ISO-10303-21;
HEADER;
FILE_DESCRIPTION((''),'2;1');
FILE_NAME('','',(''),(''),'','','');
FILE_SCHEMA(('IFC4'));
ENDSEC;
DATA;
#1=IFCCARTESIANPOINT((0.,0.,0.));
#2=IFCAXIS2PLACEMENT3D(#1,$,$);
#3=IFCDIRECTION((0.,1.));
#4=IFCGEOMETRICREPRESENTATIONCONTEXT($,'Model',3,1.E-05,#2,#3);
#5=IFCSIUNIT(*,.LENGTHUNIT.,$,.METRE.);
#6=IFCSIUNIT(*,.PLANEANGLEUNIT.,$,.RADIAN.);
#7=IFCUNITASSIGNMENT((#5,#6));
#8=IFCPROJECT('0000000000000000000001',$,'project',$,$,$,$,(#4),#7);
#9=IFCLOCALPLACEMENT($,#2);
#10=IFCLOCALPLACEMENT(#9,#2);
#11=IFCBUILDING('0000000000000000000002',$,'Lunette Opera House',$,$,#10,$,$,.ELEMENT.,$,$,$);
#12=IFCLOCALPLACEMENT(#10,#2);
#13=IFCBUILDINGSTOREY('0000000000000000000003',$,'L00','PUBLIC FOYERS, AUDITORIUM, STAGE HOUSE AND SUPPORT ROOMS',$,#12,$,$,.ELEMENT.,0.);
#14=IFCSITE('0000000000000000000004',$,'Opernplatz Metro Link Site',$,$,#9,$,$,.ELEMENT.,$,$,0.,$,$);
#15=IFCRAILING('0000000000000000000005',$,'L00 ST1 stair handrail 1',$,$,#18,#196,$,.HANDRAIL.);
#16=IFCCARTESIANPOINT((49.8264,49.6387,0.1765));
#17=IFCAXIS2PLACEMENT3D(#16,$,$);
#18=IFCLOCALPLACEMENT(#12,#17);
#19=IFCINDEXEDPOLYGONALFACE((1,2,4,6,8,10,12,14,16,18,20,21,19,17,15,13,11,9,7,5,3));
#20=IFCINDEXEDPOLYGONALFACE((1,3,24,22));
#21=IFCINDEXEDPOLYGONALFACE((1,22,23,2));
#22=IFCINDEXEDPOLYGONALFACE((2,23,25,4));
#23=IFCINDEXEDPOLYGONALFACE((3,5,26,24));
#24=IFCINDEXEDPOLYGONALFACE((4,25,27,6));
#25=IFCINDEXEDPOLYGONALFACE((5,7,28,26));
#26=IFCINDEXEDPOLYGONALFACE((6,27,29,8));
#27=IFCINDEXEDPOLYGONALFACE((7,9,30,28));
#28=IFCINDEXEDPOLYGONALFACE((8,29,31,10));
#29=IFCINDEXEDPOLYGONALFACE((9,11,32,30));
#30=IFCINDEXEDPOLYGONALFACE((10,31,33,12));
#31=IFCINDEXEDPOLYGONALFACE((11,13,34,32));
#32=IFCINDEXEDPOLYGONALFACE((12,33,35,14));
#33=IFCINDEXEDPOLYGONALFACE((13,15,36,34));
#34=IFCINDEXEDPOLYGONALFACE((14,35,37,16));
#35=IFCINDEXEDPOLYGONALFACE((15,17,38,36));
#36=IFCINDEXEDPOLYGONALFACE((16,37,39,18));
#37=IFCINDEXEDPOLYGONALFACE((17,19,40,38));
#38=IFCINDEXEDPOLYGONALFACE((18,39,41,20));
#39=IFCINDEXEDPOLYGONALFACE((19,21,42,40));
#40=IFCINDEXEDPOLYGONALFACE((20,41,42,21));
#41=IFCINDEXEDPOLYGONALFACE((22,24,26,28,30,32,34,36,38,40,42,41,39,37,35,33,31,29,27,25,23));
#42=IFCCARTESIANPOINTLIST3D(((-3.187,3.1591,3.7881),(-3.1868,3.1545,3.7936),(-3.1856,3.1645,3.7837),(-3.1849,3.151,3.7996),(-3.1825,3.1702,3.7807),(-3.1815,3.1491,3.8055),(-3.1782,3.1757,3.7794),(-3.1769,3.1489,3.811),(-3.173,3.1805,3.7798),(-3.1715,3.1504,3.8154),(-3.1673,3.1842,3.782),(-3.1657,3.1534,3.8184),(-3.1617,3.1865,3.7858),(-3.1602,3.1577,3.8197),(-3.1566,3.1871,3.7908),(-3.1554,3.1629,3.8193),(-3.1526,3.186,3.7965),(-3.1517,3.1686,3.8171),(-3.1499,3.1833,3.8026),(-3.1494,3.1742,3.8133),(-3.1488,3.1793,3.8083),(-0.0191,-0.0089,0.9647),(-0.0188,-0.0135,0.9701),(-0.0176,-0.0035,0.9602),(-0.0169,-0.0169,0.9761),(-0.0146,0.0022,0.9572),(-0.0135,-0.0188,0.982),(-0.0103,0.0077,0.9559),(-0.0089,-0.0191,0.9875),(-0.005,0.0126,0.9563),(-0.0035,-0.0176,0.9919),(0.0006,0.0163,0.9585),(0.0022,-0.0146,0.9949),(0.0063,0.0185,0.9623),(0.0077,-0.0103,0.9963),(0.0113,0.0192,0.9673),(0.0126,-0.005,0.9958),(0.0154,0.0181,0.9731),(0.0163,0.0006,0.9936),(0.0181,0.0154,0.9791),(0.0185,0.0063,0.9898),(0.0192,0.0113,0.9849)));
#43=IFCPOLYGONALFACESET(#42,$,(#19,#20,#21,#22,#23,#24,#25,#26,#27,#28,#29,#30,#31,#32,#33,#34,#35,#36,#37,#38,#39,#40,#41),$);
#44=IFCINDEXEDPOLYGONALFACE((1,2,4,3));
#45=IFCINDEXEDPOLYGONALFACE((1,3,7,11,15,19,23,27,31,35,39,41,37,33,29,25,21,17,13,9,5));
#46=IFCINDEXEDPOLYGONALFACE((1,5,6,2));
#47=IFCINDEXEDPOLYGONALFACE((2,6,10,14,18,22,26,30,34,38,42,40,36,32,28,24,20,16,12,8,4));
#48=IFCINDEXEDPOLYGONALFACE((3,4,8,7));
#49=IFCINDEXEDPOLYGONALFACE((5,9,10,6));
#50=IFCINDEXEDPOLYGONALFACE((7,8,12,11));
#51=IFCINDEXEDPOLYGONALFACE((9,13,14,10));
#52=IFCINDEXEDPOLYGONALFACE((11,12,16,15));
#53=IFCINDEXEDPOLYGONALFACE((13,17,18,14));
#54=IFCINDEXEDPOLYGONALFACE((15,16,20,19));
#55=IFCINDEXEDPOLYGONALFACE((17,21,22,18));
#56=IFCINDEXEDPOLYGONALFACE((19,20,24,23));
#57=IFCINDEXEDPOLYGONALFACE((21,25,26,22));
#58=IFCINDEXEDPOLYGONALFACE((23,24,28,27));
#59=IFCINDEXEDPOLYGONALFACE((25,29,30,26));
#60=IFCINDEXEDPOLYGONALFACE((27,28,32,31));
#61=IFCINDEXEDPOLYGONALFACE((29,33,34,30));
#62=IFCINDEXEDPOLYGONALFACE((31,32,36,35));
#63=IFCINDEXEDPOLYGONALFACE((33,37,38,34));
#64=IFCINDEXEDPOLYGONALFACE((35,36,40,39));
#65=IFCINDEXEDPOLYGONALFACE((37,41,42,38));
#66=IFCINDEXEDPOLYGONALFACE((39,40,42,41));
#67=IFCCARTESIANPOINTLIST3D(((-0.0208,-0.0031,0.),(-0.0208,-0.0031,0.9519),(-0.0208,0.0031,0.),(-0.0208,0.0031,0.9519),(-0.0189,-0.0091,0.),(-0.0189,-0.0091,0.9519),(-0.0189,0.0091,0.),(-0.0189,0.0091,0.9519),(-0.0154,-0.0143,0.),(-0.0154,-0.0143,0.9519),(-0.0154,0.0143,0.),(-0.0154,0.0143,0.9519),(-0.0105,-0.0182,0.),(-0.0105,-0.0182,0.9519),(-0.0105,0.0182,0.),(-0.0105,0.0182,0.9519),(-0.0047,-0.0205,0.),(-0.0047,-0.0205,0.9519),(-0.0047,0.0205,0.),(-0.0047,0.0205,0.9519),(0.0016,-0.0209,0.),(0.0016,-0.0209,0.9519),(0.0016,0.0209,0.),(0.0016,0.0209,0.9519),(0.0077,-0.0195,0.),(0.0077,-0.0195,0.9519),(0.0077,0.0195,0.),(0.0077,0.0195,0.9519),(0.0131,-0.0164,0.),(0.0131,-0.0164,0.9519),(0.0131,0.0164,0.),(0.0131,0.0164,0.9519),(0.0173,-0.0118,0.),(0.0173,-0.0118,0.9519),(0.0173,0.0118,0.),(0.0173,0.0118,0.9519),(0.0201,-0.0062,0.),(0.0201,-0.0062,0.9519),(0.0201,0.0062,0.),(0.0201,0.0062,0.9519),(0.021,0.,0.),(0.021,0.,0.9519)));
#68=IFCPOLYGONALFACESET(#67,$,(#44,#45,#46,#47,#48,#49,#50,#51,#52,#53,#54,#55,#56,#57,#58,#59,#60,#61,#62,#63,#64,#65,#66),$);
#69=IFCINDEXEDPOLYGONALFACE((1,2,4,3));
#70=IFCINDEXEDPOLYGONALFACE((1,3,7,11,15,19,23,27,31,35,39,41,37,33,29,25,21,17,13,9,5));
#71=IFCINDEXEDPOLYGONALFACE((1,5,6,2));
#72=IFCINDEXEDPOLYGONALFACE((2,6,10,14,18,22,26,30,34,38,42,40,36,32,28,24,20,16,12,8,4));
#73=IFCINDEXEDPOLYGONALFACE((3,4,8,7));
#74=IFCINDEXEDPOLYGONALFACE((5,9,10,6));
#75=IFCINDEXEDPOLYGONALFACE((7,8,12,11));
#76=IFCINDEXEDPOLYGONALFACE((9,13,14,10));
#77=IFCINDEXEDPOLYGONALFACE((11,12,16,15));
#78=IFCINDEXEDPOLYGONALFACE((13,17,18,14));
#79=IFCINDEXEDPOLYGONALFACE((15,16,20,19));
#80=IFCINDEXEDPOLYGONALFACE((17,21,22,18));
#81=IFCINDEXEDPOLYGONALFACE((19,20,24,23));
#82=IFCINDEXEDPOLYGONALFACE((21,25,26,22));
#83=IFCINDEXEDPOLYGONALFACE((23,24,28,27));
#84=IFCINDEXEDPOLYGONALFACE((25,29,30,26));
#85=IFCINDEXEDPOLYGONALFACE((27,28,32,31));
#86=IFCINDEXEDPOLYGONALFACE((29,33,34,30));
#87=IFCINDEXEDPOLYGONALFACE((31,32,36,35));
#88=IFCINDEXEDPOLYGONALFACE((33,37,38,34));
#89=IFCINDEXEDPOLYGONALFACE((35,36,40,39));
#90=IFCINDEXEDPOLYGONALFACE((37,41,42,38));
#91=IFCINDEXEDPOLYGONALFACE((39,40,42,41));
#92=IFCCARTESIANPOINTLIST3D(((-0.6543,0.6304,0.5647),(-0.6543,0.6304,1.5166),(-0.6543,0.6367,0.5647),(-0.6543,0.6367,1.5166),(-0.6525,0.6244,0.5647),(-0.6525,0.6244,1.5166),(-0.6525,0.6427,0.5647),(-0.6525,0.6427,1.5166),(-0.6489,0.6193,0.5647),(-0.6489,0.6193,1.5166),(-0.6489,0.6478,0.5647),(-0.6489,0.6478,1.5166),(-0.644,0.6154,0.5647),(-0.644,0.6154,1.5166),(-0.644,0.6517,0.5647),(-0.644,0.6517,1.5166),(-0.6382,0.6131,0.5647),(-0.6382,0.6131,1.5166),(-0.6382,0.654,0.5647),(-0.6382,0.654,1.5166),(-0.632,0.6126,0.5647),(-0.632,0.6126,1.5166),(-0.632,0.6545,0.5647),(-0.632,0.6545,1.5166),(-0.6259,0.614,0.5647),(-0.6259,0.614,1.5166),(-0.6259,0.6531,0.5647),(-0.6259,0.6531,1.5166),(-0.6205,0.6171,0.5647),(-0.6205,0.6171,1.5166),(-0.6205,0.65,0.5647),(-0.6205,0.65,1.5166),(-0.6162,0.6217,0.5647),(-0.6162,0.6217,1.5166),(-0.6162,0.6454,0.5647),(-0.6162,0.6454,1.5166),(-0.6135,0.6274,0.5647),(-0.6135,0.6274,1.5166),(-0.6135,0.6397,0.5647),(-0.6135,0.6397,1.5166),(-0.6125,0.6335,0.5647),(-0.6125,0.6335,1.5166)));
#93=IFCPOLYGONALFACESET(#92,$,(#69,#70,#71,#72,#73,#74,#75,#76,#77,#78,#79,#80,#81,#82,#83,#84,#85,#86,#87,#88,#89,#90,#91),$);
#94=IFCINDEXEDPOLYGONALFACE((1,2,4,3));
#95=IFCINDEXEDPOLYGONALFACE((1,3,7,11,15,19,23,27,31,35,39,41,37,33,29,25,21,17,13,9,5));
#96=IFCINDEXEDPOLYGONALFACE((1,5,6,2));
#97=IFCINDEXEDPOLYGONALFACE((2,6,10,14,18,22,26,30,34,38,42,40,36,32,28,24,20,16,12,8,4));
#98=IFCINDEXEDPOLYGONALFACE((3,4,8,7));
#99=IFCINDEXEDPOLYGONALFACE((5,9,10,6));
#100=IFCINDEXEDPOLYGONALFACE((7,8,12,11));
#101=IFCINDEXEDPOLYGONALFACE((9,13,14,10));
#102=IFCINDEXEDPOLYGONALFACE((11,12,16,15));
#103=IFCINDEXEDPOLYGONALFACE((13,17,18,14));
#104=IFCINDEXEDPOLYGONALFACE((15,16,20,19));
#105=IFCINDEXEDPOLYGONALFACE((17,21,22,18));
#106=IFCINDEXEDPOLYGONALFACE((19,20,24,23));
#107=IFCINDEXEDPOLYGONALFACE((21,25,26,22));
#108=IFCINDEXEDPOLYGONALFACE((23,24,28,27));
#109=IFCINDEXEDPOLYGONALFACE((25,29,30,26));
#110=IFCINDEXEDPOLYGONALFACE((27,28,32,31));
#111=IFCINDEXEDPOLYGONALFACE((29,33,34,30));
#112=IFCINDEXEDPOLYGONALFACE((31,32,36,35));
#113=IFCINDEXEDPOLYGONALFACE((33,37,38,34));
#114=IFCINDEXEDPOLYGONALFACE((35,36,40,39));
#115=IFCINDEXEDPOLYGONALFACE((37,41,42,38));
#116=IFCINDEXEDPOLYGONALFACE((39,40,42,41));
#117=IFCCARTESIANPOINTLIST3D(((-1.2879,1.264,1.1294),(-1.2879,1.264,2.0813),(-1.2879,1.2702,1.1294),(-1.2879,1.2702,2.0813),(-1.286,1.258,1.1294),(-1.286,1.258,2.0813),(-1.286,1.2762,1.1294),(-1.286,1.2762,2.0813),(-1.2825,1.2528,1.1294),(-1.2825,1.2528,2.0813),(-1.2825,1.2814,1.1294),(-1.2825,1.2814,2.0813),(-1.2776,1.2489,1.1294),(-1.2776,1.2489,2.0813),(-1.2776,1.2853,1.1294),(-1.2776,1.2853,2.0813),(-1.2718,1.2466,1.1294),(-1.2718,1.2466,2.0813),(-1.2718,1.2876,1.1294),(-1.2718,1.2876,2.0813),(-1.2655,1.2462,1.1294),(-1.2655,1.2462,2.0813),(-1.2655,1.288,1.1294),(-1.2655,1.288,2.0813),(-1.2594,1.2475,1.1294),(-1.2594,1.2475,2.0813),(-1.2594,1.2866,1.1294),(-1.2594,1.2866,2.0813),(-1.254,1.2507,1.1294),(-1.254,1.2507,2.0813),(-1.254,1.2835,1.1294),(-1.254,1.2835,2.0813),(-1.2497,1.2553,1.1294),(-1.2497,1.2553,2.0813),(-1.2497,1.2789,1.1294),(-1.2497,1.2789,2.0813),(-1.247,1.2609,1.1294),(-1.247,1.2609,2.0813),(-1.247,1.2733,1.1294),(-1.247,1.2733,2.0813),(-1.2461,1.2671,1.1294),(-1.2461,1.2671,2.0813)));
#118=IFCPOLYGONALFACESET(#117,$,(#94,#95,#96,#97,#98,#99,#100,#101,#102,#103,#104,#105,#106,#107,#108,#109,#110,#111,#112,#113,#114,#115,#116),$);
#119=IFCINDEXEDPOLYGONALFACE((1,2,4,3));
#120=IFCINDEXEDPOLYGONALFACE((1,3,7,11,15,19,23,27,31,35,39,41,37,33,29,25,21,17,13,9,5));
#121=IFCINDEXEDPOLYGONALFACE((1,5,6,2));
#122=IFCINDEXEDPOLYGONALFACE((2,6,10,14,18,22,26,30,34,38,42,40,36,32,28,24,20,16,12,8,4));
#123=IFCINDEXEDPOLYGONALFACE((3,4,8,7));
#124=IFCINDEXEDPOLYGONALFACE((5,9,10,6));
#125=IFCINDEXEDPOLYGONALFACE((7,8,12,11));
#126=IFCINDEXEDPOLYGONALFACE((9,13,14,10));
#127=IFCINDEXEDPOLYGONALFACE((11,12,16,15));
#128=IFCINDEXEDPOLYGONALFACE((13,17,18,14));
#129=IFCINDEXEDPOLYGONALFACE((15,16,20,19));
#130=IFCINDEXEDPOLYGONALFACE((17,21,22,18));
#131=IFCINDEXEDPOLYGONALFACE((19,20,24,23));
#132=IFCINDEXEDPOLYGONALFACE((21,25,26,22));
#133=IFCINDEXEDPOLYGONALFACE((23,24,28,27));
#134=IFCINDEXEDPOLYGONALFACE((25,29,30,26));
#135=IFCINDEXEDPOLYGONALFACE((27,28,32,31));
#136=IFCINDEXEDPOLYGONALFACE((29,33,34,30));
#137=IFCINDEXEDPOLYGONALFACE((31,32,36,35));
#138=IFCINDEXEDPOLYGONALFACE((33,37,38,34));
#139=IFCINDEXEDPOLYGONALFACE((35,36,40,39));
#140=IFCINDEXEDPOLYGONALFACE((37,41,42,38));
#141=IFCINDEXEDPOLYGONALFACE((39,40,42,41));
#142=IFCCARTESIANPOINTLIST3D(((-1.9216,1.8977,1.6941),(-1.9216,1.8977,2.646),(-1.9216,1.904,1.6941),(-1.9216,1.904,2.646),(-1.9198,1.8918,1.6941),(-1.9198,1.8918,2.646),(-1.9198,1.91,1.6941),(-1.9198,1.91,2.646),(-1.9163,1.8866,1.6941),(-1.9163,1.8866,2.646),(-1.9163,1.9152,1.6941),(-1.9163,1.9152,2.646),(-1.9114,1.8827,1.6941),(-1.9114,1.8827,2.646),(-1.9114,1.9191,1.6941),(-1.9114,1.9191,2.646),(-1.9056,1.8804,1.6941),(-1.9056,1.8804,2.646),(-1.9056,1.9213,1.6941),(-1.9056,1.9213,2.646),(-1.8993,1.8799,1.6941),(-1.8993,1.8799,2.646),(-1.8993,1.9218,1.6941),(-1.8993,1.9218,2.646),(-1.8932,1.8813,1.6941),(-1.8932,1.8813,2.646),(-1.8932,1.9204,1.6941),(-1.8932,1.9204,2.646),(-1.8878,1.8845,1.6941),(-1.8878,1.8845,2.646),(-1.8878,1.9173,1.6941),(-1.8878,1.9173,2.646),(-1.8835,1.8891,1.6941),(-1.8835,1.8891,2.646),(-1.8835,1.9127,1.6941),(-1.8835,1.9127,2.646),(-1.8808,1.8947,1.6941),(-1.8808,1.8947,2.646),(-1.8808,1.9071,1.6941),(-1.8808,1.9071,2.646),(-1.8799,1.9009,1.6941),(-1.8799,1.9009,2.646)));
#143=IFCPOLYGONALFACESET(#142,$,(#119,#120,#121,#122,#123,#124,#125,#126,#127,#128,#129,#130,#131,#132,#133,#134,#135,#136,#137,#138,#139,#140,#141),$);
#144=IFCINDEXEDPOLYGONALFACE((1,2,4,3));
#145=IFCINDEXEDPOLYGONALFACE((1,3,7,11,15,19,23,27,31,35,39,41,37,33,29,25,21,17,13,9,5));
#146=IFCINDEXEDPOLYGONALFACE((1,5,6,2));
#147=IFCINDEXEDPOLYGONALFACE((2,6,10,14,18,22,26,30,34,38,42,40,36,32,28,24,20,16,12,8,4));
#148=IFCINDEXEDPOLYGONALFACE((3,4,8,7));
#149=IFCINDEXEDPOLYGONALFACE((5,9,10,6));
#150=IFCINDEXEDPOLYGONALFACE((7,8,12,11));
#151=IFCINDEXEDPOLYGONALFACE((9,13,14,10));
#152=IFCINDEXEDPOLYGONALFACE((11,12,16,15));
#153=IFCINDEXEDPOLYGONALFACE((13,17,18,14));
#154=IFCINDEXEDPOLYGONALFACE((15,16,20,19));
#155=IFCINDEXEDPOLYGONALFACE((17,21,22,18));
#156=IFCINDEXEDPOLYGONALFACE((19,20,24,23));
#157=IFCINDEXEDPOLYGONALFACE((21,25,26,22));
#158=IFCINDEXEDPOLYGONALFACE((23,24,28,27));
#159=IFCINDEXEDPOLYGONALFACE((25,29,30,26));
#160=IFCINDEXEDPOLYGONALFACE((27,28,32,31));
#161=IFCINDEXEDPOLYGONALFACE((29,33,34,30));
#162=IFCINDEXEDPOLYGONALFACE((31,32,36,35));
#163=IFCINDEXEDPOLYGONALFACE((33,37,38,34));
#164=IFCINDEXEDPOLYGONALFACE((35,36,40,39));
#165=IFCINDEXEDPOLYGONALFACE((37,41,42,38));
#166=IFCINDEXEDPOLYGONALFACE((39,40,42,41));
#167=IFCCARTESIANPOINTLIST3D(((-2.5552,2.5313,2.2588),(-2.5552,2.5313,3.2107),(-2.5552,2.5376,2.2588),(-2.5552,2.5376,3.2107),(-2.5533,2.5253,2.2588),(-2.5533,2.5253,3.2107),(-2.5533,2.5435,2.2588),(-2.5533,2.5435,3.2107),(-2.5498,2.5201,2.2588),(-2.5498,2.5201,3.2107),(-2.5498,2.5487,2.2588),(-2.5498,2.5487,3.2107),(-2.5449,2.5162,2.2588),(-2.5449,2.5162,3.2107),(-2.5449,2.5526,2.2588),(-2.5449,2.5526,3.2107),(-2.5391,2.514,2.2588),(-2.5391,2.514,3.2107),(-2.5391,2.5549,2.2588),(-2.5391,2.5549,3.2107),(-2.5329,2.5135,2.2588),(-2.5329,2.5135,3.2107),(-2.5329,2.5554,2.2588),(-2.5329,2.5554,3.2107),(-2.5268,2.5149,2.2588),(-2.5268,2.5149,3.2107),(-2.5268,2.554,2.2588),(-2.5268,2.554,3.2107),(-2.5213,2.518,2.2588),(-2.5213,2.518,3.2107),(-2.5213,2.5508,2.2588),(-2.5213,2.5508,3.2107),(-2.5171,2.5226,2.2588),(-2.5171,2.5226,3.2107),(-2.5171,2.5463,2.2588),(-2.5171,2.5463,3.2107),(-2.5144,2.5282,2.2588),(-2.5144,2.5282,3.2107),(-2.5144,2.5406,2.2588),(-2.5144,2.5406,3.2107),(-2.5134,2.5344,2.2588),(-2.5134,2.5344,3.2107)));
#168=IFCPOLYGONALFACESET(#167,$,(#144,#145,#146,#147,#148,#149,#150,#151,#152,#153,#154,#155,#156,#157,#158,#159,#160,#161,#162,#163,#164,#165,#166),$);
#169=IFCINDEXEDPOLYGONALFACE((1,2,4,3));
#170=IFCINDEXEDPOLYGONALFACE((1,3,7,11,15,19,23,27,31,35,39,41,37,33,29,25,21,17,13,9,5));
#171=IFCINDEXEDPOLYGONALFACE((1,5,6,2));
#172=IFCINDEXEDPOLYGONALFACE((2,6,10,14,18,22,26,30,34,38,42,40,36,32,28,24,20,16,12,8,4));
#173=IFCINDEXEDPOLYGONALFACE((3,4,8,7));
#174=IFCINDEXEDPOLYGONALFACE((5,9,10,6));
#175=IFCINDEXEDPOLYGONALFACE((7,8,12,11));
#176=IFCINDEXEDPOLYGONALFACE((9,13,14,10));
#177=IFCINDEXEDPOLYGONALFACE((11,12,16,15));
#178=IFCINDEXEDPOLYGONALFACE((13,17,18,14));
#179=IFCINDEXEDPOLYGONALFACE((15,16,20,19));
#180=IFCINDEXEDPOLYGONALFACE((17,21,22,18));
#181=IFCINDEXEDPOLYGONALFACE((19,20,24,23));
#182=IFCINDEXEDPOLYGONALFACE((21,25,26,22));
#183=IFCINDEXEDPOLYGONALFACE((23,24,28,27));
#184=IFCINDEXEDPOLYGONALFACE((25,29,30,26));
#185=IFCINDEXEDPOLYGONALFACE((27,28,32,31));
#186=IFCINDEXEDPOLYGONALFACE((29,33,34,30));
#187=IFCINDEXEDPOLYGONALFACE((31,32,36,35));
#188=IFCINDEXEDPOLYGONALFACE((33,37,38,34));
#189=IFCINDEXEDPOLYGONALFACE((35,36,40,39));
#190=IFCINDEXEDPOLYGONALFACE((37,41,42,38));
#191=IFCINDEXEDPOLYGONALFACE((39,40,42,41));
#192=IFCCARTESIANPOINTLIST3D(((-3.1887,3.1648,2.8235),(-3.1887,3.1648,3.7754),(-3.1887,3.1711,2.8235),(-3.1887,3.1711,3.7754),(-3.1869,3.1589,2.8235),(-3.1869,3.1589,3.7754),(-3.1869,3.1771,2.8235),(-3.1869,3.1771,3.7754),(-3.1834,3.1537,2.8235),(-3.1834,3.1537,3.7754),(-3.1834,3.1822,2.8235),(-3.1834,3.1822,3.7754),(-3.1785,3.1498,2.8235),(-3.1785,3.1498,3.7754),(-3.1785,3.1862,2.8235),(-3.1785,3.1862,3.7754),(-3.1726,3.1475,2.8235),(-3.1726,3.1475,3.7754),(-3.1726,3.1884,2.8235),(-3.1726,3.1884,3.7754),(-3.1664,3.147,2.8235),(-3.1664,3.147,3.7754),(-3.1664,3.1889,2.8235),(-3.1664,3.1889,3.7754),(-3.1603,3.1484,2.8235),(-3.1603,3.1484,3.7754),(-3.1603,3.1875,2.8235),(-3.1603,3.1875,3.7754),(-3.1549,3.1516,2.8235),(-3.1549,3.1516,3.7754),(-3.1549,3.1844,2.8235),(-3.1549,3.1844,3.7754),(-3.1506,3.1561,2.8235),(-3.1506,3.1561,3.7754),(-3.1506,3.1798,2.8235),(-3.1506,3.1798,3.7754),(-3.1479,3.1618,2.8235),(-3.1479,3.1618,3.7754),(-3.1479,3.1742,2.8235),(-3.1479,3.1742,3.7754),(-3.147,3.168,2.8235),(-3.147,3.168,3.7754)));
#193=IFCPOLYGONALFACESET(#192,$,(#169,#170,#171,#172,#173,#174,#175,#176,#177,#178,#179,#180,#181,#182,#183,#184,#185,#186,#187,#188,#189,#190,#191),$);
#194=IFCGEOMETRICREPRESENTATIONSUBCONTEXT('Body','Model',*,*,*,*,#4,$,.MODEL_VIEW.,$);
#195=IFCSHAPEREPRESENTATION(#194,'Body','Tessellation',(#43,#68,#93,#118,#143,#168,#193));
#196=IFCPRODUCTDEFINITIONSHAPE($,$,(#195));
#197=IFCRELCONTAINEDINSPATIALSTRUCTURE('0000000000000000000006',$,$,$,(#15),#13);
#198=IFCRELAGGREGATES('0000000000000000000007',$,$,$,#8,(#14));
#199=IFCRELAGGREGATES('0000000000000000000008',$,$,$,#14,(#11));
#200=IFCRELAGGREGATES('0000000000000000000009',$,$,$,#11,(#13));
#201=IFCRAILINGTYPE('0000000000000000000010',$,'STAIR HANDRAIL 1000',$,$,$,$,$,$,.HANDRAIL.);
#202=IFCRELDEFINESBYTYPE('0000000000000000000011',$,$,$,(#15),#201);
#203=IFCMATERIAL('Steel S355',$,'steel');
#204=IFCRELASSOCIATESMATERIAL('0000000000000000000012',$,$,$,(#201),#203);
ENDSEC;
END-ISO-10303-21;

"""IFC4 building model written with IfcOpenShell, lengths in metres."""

from ifc_helpers import new_model, si_unit, direction, frame, origin, origin_2d, place, context, subcontext, project, spatial, circle, extrude, material, type_object, element, save


model = new_model("IFC4")

# Units and contexts
model_context = context("Model", 3, precision=1e-05, world=origin(), true_north=direction((0.0, 1.0)))
body_context = subcontext(model_context, "Body", "Model", "MODEL_VIEW")
ifc_project = project(units=[si_unit("LENGTHUNIT", "METRE"), si_unit("PLANEANGLEUNIT", "RADIAN")], contexts=[model_context])

# Site, building, storey
site_placement = place(None, origin())
site = spatial("IfcSite", under=ifc_project, at=site_placement, Name="Opernplatz Metro Link Site", CompositionType="ELEMENT", RefElevation=0.0)
building_placement = place(site_placement, origin())
building = spatial("IfcBuilding", under=site, at=building_placement, Name="Lunette Opera House", CompositionType="ELEMENT")
storey_placement = place(building_placement, origin())
storey = spatial("IfcBuildingStorey", under=building, at=storey_placement, Name="L00", Description="PUBLIC FOYERS, AUDITORIUM, STAGE HOUSE AND SUPPORT ROOMS", CompositionType="ELEMENT", Elevation=0.0)

# Railing
ifc_material_1 = material(Name="Steel S355", Category="steel")
railing_type_1 = type_object("IfcRailingType", Name="STAIR HANDRAIL 1000", PredefinedType="HANDRAIL", material=ifc_material_1)
railing_1_placement = place(storey_placement, frame((49.8264, 49.6387, 0.1765)))
element("IfcRailing", 1, at=railing_1_placement, inside=storey, type_object=railing_type_1, Name="L00 ST1 stair handrail 1", PredefinedType="HANDRAIL", context=body_context, shape_type="SweptSolid", body=[
    extrude(circle(Radius=0.0239, at=origin_2d()), frame((0.0, 0.0, 0.9761), z_axis=(-0.598219, 0.598219, 0.533169), x_axis=(-0.707107, -0.707107, 0.0)), (0.0, 0.0, 1.0), 5.2957),
    extrude(circle(Radius=0.021, at=origin_2d()), origin(), (0.0, 0.0, 1.0), 0.9519),
    extrude(circle(Radius=0.021, at=origin_2d()), frame((-0.6335, 0.6335, 0.5647)), (0.0, 0.0, 1.0), 0.9519),
    extrude(circle(Radius=0.021, at=origin_2d()), frame((-1.2671, 1.2671, 1.1294)), (0.0, 0.0, 1.0), 0.9519),
    extrude(circle(Radius=0.021, at=origin_2d()), frame((-1.9009, 1.9009, 1.6941)), (0.0, 0.0, 1.0), 0.9519),
    extrude(circle(Radius=0.021, at=origin_2d()), frame((-2.5344, 2.5344, 2.2588)), (0.0, 0.0, 1.0), 0.9519),
    extrude(circle(Radius=0.021, at=origin_2d()), frame((-3.168, 3.168, 2.8235)), (0.0, 0.0, 1.0), 0.9519),
])

save(model, "model.ifc")
